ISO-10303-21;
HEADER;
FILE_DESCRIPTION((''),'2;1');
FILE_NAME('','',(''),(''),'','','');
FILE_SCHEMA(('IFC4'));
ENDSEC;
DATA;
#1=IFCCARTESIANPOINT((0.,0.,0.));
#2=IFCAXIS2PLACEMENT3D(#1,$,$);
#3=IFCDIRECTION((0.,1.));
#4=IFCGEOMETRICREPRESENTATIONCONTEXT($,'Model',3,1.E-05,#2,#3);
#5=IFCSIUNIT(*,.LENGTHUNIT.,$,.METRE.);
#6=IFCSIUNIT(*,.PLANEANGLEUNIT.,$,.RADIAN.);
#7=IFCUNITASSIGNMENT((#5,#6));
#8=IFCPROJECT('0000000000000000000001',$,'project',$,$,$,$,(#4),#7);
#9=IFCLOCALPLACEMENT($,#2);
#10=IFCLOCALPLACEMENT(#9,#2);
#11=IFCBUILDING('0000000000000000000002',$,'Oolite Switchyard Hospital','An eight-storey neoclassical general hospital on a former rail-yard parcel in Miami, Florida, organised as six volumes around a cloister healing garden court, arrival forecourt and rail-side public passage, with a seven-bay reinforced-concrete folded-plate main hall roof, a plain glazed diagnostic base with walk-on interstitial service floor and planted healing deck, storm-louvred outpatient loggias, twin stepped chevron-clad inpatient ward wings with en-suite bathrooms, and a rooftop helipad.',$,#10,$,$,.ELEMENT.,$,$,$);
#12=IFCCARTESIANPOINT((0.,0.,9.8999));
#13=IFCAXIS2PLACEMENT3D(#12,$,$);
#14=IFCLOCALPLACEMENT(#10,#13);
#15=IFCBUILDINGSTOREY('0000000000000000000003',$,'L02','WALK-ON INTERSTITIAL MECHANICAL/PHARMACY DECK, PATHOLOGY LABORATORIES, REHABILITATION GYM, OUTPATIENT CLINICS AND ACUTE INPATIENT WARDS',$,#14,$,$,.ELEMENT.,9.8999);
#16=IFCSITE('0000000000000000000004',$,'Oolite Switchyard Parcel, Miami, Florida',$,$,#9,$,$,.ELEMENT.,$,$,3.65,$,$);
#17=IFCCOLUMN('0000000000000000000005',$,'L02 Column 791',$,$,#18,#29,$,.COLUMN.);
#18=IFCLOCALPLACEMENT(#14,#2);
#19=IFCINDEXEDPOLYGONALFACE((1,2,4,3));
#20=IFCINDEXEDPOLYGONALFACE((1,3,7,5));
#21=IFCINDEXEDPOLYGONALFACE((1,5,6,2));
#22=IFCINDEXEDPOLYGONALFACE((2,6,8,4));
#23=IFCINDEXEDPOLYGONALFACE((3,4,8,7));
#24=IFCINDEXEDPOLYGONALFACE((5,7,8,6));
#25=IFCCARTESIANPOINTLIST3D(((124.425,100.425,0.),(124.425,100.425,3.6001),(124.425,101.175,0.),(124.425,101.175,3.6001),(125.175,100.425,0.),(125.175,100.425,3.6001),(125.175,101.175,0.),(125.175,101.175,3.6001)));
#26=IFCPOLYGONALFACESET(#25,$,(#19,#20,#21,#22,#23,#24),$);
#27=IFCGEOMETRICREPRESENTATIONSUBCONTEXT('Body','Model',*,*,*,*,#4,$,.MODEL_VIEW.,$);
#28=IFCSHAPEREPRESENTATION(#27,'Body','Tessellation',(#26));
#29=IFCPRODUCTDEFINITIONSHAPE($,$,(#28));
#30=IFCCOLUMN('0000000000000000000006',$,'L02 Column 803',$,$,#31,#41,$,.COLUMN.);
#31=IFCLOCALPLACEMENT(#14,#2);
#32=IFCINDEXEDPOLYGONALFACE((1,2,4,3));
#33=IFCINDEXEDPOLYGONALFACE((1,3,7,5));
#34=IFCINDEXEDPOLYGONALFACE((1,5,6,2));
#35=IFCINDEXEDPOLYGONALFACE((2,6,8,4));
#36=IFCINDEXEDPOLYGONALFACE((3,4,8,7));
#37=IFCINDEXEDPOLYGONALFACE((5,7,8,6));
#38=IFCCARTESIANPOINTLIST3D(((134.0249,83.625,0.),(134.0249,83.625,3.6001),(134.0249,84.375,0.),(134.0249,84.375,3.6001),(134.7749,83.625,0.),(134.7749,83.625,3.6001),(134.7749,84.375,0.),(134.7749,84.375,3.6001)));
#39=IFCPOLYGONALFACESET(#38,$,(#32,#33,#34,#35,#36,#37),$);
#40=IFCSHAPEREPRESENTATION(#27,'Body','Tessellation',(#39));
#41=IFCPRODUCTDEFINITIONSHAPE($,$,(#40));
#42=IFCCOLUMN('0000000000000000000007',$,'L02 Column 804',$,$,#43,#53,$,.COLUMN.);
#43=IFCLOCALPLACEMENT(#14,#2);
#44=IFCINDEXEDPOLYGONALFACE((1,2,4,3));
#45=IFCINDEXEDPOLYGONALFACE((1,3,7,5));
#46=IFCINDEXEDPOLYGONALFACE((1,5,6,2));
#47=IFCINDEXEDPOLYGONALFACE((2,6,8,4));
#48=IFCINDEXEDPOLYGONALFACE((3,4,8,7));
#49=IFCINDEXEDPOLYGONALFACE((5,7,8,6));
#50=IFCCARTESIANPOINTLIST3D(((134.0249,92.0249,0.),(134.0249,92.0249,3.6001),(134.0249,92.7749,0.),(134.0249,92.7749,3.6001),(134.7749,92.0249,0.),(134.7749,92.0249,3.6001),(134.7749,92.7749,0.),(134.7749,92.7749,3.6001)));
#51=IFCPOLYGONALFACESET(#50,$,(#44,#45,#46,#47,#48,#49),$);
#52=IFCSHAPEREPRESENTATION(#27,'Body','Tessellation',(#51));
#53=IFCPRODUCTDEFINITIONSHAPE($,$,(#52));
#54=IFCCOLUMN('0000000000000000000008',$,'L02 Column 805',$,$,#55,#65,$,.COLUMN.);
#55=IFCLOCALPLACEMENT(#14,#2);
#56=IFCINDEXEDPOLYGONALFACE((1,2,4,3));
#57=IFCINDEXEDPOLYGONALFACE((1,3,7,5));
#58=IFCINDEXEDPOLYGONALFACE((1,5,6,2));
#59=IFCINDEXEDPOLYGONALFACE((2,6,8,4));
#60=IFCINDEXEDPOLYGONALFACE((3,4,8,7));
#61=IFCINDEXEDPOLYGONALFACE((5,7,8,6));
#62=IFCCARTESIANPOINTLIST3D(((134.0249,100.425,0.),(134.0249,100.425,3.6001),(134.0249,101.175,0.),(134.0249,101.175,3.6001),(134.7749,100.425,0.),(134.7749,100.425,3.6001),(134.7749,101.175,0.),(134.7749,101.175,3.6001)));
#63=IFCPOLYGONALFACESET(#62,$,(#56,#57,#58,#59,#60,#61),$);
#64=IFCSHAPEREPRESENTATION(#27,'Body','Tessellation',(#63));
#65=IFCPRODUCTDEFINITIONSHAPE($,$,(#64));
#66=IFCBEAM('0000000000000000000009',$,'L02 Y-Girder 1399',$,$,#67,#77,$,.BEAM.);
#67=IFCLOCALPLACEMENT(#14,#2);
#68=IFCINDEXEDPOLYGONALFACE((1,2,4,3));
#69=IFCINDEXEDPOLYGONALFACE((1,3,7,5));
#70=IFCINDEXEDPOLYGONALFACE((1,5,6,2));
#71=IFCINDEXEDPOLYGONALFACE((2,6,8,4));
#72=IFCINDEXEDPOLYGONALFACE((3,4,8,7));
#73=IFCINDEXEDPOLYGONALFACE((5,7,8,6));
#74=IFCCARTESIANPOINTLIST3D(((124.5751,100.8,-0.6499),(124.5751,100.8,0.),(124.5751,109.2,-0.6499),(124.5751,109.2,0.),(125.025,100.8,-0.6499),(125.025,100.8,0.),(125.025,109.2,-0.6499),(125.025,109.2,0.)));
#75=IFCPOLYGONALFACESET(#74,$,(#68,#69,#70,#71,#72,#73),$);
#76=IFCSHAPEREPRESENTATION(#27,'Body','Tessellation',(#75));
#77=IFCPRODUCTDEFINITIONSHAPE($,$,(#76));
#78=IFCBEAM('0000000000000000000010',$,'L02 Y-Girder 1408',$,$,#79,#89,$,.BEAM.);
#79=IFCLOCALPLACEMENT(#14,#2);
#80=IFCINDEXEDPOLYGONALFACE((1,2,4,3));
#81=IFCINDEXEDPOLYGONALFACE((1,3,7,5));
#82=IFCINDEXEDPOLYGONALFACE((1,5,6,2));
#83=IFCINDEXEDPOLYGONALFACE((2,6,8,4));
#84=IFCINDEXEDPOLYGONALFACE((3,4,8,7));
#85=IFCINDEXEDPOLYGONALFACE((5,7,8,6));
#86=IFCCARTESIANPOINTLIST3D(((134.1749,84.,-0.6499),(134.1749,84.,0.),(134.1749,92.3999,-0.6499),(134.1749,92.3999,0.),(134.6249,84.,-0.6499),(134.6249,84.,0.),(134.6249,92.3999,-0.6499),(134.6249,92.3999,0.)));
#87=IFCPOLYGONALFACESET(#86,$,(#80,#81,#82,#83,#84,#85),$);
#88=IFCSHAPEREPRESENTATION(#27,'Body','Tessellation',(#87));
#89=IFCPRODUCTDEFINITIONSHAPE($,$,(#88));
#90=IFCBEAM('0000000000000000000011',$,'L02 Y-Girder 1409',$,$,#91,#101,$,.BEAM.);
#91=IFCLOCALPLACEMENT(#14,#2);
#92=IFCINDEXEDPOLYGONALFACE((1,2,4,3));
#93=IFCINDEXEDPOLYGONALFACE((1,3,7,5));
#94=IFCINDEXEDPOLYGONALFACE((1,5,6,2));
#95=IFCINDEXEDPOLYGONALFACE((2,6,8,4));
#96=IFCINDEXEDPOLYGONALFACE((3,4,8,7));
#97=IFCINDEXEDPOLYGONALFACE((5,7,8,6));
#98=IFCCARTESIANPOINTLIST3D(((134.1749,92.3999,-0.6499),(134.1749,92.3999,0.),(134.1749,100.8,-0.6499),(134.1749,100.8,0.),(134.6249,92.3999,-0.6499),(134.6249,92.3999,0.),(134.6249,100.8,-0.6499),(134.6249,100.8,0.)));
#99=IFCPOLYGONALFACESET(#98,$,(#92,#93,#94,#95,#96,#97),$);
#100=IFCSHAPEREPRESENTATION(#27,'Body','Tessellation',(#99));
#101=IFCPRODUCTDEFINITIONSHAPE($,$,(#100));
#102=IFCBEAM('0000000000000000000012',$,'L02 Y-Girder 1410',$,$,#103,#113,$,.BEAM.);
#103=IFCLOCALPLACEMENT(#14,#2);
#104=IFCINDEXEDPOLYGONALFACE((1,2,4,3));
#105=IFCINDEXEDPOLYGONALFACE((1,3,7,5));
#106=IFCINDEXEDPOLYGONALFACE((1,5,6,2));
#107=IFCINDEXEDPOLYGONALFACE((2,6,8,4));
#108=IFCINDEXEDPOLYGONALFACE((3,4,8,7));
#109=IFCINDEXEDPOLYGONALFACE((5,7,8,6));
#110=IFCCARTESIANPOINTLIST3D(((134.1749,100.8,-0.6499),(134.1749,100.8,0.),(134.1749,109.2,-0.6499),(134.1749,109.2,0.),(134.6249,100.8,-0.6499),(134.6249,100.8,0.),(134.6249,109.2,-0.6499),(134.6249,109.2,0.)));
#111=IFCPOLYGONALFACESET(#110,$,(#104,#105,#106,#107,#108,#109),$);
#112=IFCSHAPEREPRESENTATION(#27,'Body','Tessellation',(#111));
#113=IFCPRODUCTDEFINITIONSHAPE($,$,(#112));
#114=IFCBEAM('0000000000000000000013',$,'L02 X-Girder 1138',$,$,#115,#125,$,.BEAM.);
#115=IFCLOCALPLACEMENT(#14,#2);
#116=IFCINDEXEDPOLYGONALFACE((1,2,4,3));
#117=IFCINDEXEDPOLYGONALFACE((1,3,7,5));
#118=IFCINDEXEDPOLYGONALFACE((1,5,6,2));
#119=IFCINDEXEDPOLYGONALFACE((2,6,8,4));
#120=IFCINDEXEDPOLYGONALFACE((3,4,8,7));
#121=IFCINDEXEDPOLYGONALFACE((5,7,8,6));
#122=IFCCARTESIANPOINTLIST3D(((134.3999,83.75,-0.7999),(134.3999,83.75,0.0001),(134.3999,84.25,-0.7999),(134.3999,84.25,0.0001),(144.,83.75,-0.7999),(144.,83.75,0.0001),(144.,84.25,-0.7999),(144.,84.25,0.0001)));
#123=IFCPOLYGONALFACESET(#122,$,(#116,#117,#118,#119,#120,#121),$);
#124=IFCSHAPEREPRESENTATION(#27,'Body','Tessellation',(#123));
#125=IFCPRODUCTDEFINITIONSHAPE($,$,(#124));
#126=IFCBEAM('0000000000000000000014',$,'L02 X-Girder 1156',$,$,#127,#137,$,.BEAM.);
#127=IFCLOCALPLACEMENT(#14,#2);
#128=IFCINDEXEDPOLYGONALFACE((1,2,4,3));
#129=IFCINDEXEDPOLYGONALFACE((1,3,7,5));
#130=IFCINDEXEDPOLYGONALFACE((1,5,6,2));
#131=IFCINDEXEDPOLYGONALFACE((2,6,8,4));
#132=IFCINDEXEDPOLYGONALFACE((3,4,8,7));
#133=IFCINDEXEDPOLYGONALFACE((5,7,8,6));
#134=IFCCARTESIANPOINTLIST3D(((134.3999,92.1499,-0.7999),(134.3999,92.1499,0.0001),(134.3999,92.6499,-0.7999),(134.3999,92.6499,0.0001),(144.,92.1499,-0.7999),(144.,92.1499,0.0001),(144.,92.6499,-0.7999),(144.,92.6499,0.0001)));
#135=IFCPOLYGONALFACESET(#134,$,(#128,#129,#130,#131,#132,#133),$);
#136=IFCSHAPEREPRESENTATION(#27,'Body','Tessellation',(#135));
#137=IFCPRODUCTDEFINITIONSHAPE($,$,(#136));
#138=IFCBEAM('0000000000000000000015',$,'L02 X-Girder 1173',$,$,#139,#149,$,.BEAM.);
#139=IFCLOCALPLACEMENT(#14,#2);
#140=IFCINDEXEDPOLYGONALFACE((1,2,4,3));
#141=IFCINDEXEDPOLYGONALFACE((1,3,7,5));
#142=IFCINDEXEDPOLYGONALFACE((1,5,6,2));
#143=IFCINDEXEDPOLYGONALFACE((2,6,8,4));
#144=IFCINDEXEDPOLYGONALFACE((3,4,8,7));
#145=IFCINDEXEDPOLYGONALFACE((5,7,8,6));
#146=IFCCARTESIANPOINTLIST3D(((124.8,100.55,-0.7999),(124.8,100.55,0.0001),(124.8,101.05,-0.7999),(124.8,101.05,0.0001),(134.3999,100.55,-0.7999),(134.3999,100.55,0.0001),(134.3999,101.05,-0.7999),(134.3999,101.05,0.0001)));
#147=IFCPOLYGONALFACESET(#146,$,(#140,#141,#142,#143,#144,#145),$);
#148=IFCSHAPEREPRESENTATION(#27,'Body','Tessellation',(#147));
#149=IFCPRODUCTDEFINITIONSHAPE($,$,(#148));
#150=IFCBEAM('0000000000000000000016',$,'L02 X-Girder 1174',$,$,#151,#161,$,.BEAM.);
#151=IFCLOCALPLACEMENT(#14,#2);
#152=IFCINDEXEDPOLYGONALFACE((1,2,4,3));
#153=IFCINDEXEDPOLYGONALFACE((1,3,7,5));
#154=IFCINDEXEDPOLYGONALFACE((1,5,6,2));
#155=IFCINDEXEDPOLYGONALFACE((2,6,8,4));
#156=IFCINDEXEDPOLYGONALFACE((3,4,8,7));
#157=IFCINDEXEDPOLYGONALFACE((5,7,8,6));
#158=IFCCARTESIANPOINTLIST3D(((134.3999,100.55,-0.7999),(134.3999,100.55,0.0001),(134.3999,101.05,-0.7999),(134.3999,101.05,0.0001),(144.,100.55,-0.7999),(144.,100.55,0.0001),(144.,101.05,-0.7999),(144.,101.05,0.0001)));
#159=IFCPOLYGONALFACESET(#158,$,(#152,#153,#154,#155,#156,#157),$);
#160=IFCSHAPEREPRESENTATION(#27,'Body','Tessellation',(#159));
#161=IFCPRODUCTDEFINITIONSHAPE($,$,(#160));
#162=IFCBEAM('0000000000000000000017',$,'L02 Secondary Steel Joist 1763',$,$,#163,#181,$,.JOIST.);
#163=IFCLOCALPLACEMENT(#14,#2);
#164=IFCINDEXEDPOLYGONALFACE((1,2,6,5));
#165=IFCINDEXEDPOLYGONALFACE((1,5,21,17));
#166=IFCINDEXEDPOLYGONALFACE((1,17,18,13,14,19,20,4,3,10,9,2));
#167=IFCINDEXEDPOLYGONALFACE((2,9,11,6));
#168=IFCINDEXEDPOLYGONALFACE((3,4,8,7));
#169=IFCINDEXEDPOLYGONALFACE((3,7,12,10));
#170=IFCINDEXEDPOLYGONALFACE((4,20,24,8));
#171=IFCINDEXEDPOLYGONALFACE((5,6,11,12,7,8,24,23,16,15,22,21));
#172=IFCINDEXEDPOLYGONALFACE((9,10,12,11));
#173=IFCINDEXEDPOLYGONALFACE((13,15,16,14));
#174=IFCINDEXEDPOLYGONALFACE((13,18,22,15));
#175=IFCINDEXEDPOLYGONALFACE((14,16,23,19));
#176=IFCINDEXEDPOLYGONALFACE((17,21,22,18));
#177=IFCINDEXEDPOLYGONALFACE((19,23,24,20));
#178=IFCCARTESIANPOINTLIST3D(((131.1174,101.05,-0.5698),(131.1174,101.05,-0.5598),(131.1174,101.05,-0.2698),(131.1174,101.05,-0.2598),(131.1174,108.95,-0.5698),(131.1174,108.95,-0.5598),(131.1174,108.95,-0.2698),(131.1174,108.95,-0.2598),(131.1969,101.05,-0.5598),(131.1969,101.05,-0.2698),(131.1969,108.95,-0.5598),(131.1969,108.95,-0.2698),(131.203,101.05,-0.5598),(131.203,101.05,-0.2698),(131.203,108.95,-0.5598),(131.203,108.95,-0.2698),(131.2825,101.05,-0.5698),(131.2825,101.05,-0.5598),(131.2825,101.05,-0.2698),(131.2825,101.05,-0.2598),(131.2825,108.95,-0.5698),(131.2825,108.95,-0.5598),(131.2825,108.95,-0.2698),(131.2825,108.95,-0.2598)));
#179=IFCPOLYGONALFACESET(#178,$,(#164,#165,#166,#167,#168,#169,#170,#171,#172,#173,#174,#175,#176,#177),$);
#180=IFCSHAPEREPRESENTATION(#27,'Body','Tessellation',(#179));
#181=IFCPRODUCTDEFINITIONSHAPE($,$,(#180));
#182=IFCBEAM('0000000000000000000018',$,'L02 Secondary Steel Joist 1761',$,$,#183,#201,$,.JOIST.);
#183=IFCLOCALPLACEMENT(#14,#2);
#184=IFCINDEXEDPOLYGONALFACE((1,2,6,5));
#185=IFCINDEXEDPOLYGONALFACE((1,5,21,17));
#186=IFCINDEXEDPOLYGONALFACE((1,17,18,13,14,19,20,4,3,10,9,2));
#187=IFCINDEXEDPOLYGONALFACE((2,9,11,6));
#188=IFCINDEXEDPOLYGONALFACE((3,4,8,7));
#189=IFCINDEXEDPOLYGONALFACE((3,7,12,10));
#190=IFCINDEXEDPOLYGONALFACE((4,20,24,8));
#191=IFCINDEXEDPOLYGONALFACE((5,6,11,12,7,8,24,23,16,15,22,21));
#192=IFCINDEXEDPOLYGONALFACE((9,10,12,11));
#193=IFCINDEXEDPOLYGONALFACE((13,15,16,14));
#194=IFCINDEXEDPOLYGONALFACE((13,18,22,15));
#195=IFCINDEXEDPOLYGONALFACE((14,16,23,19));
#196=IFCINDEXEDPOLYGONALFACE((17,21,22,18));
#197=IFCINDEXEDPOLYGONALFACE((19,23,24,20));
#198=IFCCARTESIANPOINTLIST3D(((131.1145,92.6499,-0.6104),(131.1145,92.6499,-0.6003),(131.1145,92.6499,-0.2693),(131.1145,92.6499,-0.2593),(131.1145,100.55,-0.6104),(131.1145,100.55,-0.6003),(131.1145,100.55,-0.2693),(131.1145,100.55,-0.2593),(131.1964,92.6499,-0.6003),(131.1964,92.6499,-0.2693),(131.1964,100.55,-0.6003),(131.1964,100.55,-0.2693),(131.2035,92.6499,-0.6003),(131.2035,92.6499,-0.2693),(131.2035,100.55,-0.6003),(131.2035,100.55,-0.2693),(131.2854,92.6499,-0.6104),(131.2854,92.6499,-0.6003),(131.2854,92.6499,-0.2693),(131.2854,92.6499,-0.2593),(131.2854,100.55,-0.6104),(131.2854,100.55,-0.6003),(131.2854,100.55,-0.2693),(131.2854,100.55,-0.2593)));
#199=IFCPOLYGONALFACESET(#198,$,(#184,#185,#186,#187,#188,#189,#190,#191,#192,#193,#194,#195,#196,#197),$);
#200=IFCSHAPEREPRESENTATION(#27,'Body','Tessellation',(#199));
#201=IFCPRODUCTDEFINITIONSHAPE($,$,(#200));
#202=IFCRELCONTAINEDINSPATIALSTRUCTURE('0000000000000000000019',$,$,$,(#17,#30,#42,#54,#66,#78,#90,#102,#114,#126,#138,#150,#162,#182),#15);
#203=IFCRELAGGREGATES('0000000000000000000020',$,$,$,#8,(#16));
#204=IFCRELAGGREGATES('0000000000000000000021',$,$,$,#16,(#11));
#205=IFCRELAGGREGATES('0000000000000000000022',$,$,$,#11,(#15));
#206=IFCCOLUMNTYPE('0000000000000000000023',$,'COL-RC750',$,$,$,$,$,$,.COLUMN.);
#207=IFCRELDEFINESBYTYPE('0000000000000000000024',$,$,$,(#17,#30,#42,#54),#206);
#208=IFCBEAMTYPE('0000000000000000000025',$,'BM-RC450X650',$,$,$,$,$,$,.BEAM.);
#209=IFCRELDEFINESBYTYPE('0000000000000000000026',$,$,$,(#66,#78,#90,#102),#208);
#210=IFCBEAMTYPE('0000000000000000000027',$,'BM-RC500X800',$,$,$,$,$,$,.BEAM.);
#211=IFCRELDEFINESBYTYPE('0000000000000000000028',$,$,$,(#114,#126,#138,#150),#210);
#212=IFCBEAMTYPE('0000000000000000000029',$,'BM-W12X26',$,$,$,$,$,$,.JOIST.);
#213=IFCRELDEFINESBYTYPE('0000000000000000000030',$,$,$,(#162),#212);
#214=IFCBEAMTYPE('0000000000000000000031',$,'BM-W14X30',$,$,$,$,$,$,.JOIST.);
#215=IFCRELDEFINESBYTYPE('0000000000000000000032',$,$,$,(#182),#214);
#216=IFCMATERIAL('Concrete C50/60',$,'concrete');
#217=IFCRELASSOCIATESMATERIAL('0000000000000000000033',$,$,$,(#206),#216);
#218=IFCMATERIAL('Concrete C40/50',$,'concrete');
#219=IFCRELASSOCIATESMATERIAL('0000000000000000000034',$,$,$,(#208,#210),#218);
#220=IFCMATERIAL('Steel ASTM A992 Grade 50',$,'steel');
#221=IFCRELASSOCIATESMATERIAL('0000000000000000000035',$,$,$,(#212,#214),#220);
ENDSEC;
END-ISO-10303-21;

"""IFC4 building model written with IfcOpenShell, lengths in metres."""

from ifc_helpers import new_model, si_unit, direction, frame, origin, origin_2d, place, context, subcontext, project, spatial, rectangle, i_section, extrude, material, material_profile, profile_set, type_object, element, save


model = new_model("IFC4")

# Units and contexts
model_context = context("Model", 3, precision=1e-05, world=origin(), true_north=direction((0.0, 1.0)))
body_context = subcontext(model_context, "Body", "Model", "MODEL_VIEW")
ifc_project = project(units=[si_unit("LENGTHUNIT", "METRE"), si_unit("PLANEANGLEUNIT", "RADIAN")], contexts=[model_context])

# Site, building, storey
site_placement = place(None, origin())
site = spatial("IfcSite", under=ifc_project, at=site_placement, Name="Oolite Switchyard Parcel, Miami, Florida", CompositionType="ELEMENT", RefElevation=3.65)
building_placement = place(site_placement, origin())
building = spatial("IfcBuilding", under=site, at=building_placement, Name="Oolite Switchyard Hospital", Description="An eight-storey neoclassical general hospital on a former rail-yard parcel in Miami, Florida, organised as six volumes around a cloister healing garden court, arrival forecourt and rail-side public passage, with a seven-bay reinforced-concrete folded-plate main hall roof, a plain glazed diagnostic base with walk-on interstitial service floor and planted healing deck, storm-louvred outpatient loggias, twin stepped chevron-clad inpatient ward wings with en-suite bathrooms, and a rooftop helipad.", CompositionType="ELEMENT")
storey_placement = place(building_placement, frame((0.0, 0.0, 9.8999)))
storey = spatial("IfcBuildingStorey", under=building, at=storey_placement, Name="L02", Description="WALK-ON INTERSTITIAL MECHANICAL/PHARMACY DECK, PATHOLOGY LABORATORIES, REHABILITATION GYM, OUTPATIENT CLINICS AND ACUTE INPATIENT WARDS", CompositionType="ELEMENT", Elevation=9.8999)

# Columns
ifc_material_1 = material(Name="Concrete C50/60", Category="concrete")
ifc_material_profile_1 = material_profile(ifc_material_1, rectangle(XDim=0.75, YDim=0.75, at=origin_2d()), Name="RC750X750")
ifc_profile_set_1 = profile_set([ifc_material_profile_1], Name="Concrete C50/60")
column_type = type_object("IfcColumnType", Name="COL-RC750", PredefinedType="COLUMN", material=ifc_profile_set_1)
for number, where, z_axis, x_axis, name in (
    (1, (124.8, 100.8, 0.0), (0.0, 0.0, 1.0), (1.0, 0.0, 0.0), "L02 Column 791"),
    (2, (134.3999, 84.0, 0.0), (0.0, 0.0, 1.0), (1.0, 0.0, 0.0), "L02 Column 803"),
    (3, (134.3999, 92.3999, 0.0), (0.0, 0.0, 1.0), (1.0, 0.0, 0.0), "L02 Column 804"),
    (4, (134.3999, 100.8, 0.0), (0.0, 0.0, 1.0), (1.0, 0.0, 0.0), "L02 Column 805"),
):
    element("IfcColumn", number, at=place(storey_placement, frame(where, z_axis=z_axis, x_axis=x_axis)), inside=storey, type_object=column_type, Name=name, PredefinedType="COLUMN", context=body_context, shape_type="SweptSolid", body=[
        extrude(rectangle(XDim=0.75, YDim=0.75, at=origin_2d()), origin(), (0.0, 0.0, 1.0), 3.6001),
    ])

# Beams
ifc_material_2 = material(Name="Concrete C40/50", Category="concrete")
ifc_material_profile_2 = material_profile(ifc_material_2, rectangle(XDim=0.45, YDim=0.6499, at=origin_2d()), Name="RCB450X650")
ifc_profile_set_2 = profile_set([ifc_material_profile_2], Name="Concrete C40/50")
beam_type_1 = type_object("IfcBeamType", Name="BM-RC450X650", PredefinedType="BEAM", material=ifc_profile_set_2)
for number, where, z_axis, x_axis, name in (
    (5, (124.8, 100.8, -0.325), (0.0, 1.0, 0.0), (-1.0, 0.0, 0.0), "L02 Y-Girder 1399"),
    (6, (134.3999, 84.0, -0.325), (0.0, 1.0, 0.0), (-1.0, 0.0, 0.0), "L02 Y-Girder 1408"),
):
    element("IfcBeam", number, at=place(storey_placement, frame(where, z_axis=z_axis, x_axis=x_axis)), inside=storey, type_object=beam_type_1, Name=name, PredefinedType="BEAM", context=body_context, shape_type="SweptSolid", body=[
        extrude(rectangle(XDim=0.45, YDim=0.6499, at=origin_2d()), origin(), (0.0, 0.0, 1.0), 8.3999),
    ])
beam_1_placement = place(storey_placement, frame((134.3999, 92.3999, -0.325), z_axis=(0.0, 1.0, 0.0), x_axis=(-1.0, 0.0, 0.0)))
element("IfcBeam", 7, at=beam_1_placement, inside=storey, type_object=beam_type_1, Name="L02 Y-Girder 1409", PredefinedType="BEAM", context=body_context, shape_type="SweptSolid", body=[
    extrude(rectangle(XDim=0.45, YDim=0.6499, at=origin_2d()), origin(), (0.0, 0.0, 1.0), 8.4001),
])
beam_2_placement = place(storey_placement, frame((134.3999, 100.8, -0.325), z_axis=(0.0, 1.0, 0.0), x_axis=(-1.0, 0.0, 0.0)))
element("IfcBeam", 8, at=beam_2_placement, inside=storey, type_object=beam_type_1, Name="L02 Y-Girder 1410", PredefinedType="BEAM", context=body_context, shape_type="SweptSolid", body=[
    extrude(rectangle(XDim=0.45, YDim=0.6499, at=origin_2d()), origin(), (0.0, 0.0, 1.0), 8.3999),
])
ifc_material_profile_3 = material_profile(ifc_material_2, rectangle(XDim=0.5, YDim=0.8, at=origin_2d()), Name="RCB500X800")
ifc_profile_set_3 = profile_set([ifc_material_profile_3], Name="Concrete C40/50")
beam_type_2 = type_object("IfcBeamType", Name="BM-RC500X800", PredefinedType="BEAM", material=ifc_profile_set_3)
for number, where, z_axis, x_axis, name in (
    (9, (134.3999, 84.0, -0.3999), (1.0, 0.0, 0.0), (0.0, 1.0, 0.0), "L02 X-Girder 1138"),
    (10, (134.3999, 92.3999, -0.3999), (1.0, 0.0, 0.0), (0.0, 1.0, 0.0), "L02 X-Girder 1156"),
):
    element("IfcBeam", number, at=place(storey_placement, frame(where, z_axis=z_axis, x_axis=x_axis)), inside=storey, type_object=beam_type_2, Name=name, PredefinedType="BEAM", context=body_context, shape_type="SweptSolid", body=[
        extrude(rectangle(XDim=0.5, YDim=0.8, at=origin_2d()), origin(), (0.0, 0.0, 1.0), 9.6001),
    ])
beam_3_placement = place(storey_placement, frame((124.8, 100.8, -0.3999), z_axis=(1.0, 0.0, 0.0), x_axis=(0.0, 1.0, 0.0)))
element("IfcBeam", 11, at=beam_3_placement, inside=storey, type_object=beam_type_2, Name="L02 X-Girder 1173", PredefinedType="BEAM", context=body_context, shape_type="SweptSolid", body=[
    extrude(rectangle(XDim=0.5, YDim=0.8, at=origin_2d()), origin(), (0.0, 0.0, 1.0), 9.5999),
])
beam_4_placement = place(storey_placement, frame((134.3999, 100.8, -0.3999), z_axis=(1.0, 0.0, 0.0), x_axis=(0.0, 1.0, 0.0)))
element("IfcBeam", 12, at=beam_4_placement, inside=storey, type_object=beam_type_2, Name="L02 X-Girder 1174", PredefinedType="BEAM", context=body_context, shape_type="SweptSolid", body=[
    extrude(rectangle(XDim=0.5, YDim=0.8, at=origin_2d()), origin(), (0.0, 0.0, 1.0), 9.6001),
])
ifc_material_3 = material(Name="Steel ASTM A992 Grade 50", Category="steel")
ifc_material_profile_4 = material_profile(ifc_material_3, i_section(OverallWidth=0.165, OverallDepth=0.3101, WebThickness=0.0061, FlangeThickness=0.01, at=origin_2d()), Name="W12X26")
ifc_profile_set_4 = profile_set([ifc_material_profile_4], Name="Steel ASTM A992 Grade 50")
beam_type_3 = type_object("IfcBeamType", Name="BM-W12X26", PredefinedType="JOIST", material=ifc_profile_set_4)
beam_5_placement = place(storey_placement, frame((131.2, 101.05, -0.4148), z_axis=(0.0, 1.0, 0.0), x_axis=(-1.0, 0.0, 0.0)))
element("IfcBeam", 13, at=beam_5_placement, inside=storey, type_object=beam_type_3, Name="L02 Secondary Steel Joist 1763", PredefinedType="JOIST", context=body_context, shape_type="SweptSolid", body=[
    extrude(i_section(OverallWidth=0.165, OverallDepth=0.3101, WebThickness=0.0061, FlangeThickness=0.01, at=origin_2d()), origin(), (0.0, 0.0, 1.0), 7.8999),
])
ifc_material_profile_5 = material_profile(ifc_material_3, i_section(OverallWidth=0.1709, OverallDepth=0.3511, WebThickness=0.0071, FlangeThickness=0.01, at=origin_2d()), Name="W14X30")
ifc_profile_set_5 = profile_set([ifc_material_profile_5], Name="Steel ASTM A992 Grade 50")
beam_type_4 = type_object("IfcBeamType", Name="BM-W14X30", PredefinedType="JOIST", material=ifc_profile_set_5)
beam_6_placement = place(storey_placement, frame((131.2, 92.6499, -0.4348), z_axis=(0.0, 1.0, 0.0), x_axis=(-1.0, 0.0, 0.0)))
element("IfcBeam", 14, at=beam_6_placement, inside=storey, type_object=beam_type_4, Name="L02 Secondary Steel Joist 1761", PredefinedType="JOIST", context=body_context, shape_type="SweptSolid", body=[
    extrude(i_section(OverallWidth=0.1709, OverallDepth=0.3511, WebThickness=0.0071, FlangeThickness=0.01, at=origin_2d()), origin(), (0.0, 0.0, 1.0), 7.9001),
])

save(model, "model.ifc")
